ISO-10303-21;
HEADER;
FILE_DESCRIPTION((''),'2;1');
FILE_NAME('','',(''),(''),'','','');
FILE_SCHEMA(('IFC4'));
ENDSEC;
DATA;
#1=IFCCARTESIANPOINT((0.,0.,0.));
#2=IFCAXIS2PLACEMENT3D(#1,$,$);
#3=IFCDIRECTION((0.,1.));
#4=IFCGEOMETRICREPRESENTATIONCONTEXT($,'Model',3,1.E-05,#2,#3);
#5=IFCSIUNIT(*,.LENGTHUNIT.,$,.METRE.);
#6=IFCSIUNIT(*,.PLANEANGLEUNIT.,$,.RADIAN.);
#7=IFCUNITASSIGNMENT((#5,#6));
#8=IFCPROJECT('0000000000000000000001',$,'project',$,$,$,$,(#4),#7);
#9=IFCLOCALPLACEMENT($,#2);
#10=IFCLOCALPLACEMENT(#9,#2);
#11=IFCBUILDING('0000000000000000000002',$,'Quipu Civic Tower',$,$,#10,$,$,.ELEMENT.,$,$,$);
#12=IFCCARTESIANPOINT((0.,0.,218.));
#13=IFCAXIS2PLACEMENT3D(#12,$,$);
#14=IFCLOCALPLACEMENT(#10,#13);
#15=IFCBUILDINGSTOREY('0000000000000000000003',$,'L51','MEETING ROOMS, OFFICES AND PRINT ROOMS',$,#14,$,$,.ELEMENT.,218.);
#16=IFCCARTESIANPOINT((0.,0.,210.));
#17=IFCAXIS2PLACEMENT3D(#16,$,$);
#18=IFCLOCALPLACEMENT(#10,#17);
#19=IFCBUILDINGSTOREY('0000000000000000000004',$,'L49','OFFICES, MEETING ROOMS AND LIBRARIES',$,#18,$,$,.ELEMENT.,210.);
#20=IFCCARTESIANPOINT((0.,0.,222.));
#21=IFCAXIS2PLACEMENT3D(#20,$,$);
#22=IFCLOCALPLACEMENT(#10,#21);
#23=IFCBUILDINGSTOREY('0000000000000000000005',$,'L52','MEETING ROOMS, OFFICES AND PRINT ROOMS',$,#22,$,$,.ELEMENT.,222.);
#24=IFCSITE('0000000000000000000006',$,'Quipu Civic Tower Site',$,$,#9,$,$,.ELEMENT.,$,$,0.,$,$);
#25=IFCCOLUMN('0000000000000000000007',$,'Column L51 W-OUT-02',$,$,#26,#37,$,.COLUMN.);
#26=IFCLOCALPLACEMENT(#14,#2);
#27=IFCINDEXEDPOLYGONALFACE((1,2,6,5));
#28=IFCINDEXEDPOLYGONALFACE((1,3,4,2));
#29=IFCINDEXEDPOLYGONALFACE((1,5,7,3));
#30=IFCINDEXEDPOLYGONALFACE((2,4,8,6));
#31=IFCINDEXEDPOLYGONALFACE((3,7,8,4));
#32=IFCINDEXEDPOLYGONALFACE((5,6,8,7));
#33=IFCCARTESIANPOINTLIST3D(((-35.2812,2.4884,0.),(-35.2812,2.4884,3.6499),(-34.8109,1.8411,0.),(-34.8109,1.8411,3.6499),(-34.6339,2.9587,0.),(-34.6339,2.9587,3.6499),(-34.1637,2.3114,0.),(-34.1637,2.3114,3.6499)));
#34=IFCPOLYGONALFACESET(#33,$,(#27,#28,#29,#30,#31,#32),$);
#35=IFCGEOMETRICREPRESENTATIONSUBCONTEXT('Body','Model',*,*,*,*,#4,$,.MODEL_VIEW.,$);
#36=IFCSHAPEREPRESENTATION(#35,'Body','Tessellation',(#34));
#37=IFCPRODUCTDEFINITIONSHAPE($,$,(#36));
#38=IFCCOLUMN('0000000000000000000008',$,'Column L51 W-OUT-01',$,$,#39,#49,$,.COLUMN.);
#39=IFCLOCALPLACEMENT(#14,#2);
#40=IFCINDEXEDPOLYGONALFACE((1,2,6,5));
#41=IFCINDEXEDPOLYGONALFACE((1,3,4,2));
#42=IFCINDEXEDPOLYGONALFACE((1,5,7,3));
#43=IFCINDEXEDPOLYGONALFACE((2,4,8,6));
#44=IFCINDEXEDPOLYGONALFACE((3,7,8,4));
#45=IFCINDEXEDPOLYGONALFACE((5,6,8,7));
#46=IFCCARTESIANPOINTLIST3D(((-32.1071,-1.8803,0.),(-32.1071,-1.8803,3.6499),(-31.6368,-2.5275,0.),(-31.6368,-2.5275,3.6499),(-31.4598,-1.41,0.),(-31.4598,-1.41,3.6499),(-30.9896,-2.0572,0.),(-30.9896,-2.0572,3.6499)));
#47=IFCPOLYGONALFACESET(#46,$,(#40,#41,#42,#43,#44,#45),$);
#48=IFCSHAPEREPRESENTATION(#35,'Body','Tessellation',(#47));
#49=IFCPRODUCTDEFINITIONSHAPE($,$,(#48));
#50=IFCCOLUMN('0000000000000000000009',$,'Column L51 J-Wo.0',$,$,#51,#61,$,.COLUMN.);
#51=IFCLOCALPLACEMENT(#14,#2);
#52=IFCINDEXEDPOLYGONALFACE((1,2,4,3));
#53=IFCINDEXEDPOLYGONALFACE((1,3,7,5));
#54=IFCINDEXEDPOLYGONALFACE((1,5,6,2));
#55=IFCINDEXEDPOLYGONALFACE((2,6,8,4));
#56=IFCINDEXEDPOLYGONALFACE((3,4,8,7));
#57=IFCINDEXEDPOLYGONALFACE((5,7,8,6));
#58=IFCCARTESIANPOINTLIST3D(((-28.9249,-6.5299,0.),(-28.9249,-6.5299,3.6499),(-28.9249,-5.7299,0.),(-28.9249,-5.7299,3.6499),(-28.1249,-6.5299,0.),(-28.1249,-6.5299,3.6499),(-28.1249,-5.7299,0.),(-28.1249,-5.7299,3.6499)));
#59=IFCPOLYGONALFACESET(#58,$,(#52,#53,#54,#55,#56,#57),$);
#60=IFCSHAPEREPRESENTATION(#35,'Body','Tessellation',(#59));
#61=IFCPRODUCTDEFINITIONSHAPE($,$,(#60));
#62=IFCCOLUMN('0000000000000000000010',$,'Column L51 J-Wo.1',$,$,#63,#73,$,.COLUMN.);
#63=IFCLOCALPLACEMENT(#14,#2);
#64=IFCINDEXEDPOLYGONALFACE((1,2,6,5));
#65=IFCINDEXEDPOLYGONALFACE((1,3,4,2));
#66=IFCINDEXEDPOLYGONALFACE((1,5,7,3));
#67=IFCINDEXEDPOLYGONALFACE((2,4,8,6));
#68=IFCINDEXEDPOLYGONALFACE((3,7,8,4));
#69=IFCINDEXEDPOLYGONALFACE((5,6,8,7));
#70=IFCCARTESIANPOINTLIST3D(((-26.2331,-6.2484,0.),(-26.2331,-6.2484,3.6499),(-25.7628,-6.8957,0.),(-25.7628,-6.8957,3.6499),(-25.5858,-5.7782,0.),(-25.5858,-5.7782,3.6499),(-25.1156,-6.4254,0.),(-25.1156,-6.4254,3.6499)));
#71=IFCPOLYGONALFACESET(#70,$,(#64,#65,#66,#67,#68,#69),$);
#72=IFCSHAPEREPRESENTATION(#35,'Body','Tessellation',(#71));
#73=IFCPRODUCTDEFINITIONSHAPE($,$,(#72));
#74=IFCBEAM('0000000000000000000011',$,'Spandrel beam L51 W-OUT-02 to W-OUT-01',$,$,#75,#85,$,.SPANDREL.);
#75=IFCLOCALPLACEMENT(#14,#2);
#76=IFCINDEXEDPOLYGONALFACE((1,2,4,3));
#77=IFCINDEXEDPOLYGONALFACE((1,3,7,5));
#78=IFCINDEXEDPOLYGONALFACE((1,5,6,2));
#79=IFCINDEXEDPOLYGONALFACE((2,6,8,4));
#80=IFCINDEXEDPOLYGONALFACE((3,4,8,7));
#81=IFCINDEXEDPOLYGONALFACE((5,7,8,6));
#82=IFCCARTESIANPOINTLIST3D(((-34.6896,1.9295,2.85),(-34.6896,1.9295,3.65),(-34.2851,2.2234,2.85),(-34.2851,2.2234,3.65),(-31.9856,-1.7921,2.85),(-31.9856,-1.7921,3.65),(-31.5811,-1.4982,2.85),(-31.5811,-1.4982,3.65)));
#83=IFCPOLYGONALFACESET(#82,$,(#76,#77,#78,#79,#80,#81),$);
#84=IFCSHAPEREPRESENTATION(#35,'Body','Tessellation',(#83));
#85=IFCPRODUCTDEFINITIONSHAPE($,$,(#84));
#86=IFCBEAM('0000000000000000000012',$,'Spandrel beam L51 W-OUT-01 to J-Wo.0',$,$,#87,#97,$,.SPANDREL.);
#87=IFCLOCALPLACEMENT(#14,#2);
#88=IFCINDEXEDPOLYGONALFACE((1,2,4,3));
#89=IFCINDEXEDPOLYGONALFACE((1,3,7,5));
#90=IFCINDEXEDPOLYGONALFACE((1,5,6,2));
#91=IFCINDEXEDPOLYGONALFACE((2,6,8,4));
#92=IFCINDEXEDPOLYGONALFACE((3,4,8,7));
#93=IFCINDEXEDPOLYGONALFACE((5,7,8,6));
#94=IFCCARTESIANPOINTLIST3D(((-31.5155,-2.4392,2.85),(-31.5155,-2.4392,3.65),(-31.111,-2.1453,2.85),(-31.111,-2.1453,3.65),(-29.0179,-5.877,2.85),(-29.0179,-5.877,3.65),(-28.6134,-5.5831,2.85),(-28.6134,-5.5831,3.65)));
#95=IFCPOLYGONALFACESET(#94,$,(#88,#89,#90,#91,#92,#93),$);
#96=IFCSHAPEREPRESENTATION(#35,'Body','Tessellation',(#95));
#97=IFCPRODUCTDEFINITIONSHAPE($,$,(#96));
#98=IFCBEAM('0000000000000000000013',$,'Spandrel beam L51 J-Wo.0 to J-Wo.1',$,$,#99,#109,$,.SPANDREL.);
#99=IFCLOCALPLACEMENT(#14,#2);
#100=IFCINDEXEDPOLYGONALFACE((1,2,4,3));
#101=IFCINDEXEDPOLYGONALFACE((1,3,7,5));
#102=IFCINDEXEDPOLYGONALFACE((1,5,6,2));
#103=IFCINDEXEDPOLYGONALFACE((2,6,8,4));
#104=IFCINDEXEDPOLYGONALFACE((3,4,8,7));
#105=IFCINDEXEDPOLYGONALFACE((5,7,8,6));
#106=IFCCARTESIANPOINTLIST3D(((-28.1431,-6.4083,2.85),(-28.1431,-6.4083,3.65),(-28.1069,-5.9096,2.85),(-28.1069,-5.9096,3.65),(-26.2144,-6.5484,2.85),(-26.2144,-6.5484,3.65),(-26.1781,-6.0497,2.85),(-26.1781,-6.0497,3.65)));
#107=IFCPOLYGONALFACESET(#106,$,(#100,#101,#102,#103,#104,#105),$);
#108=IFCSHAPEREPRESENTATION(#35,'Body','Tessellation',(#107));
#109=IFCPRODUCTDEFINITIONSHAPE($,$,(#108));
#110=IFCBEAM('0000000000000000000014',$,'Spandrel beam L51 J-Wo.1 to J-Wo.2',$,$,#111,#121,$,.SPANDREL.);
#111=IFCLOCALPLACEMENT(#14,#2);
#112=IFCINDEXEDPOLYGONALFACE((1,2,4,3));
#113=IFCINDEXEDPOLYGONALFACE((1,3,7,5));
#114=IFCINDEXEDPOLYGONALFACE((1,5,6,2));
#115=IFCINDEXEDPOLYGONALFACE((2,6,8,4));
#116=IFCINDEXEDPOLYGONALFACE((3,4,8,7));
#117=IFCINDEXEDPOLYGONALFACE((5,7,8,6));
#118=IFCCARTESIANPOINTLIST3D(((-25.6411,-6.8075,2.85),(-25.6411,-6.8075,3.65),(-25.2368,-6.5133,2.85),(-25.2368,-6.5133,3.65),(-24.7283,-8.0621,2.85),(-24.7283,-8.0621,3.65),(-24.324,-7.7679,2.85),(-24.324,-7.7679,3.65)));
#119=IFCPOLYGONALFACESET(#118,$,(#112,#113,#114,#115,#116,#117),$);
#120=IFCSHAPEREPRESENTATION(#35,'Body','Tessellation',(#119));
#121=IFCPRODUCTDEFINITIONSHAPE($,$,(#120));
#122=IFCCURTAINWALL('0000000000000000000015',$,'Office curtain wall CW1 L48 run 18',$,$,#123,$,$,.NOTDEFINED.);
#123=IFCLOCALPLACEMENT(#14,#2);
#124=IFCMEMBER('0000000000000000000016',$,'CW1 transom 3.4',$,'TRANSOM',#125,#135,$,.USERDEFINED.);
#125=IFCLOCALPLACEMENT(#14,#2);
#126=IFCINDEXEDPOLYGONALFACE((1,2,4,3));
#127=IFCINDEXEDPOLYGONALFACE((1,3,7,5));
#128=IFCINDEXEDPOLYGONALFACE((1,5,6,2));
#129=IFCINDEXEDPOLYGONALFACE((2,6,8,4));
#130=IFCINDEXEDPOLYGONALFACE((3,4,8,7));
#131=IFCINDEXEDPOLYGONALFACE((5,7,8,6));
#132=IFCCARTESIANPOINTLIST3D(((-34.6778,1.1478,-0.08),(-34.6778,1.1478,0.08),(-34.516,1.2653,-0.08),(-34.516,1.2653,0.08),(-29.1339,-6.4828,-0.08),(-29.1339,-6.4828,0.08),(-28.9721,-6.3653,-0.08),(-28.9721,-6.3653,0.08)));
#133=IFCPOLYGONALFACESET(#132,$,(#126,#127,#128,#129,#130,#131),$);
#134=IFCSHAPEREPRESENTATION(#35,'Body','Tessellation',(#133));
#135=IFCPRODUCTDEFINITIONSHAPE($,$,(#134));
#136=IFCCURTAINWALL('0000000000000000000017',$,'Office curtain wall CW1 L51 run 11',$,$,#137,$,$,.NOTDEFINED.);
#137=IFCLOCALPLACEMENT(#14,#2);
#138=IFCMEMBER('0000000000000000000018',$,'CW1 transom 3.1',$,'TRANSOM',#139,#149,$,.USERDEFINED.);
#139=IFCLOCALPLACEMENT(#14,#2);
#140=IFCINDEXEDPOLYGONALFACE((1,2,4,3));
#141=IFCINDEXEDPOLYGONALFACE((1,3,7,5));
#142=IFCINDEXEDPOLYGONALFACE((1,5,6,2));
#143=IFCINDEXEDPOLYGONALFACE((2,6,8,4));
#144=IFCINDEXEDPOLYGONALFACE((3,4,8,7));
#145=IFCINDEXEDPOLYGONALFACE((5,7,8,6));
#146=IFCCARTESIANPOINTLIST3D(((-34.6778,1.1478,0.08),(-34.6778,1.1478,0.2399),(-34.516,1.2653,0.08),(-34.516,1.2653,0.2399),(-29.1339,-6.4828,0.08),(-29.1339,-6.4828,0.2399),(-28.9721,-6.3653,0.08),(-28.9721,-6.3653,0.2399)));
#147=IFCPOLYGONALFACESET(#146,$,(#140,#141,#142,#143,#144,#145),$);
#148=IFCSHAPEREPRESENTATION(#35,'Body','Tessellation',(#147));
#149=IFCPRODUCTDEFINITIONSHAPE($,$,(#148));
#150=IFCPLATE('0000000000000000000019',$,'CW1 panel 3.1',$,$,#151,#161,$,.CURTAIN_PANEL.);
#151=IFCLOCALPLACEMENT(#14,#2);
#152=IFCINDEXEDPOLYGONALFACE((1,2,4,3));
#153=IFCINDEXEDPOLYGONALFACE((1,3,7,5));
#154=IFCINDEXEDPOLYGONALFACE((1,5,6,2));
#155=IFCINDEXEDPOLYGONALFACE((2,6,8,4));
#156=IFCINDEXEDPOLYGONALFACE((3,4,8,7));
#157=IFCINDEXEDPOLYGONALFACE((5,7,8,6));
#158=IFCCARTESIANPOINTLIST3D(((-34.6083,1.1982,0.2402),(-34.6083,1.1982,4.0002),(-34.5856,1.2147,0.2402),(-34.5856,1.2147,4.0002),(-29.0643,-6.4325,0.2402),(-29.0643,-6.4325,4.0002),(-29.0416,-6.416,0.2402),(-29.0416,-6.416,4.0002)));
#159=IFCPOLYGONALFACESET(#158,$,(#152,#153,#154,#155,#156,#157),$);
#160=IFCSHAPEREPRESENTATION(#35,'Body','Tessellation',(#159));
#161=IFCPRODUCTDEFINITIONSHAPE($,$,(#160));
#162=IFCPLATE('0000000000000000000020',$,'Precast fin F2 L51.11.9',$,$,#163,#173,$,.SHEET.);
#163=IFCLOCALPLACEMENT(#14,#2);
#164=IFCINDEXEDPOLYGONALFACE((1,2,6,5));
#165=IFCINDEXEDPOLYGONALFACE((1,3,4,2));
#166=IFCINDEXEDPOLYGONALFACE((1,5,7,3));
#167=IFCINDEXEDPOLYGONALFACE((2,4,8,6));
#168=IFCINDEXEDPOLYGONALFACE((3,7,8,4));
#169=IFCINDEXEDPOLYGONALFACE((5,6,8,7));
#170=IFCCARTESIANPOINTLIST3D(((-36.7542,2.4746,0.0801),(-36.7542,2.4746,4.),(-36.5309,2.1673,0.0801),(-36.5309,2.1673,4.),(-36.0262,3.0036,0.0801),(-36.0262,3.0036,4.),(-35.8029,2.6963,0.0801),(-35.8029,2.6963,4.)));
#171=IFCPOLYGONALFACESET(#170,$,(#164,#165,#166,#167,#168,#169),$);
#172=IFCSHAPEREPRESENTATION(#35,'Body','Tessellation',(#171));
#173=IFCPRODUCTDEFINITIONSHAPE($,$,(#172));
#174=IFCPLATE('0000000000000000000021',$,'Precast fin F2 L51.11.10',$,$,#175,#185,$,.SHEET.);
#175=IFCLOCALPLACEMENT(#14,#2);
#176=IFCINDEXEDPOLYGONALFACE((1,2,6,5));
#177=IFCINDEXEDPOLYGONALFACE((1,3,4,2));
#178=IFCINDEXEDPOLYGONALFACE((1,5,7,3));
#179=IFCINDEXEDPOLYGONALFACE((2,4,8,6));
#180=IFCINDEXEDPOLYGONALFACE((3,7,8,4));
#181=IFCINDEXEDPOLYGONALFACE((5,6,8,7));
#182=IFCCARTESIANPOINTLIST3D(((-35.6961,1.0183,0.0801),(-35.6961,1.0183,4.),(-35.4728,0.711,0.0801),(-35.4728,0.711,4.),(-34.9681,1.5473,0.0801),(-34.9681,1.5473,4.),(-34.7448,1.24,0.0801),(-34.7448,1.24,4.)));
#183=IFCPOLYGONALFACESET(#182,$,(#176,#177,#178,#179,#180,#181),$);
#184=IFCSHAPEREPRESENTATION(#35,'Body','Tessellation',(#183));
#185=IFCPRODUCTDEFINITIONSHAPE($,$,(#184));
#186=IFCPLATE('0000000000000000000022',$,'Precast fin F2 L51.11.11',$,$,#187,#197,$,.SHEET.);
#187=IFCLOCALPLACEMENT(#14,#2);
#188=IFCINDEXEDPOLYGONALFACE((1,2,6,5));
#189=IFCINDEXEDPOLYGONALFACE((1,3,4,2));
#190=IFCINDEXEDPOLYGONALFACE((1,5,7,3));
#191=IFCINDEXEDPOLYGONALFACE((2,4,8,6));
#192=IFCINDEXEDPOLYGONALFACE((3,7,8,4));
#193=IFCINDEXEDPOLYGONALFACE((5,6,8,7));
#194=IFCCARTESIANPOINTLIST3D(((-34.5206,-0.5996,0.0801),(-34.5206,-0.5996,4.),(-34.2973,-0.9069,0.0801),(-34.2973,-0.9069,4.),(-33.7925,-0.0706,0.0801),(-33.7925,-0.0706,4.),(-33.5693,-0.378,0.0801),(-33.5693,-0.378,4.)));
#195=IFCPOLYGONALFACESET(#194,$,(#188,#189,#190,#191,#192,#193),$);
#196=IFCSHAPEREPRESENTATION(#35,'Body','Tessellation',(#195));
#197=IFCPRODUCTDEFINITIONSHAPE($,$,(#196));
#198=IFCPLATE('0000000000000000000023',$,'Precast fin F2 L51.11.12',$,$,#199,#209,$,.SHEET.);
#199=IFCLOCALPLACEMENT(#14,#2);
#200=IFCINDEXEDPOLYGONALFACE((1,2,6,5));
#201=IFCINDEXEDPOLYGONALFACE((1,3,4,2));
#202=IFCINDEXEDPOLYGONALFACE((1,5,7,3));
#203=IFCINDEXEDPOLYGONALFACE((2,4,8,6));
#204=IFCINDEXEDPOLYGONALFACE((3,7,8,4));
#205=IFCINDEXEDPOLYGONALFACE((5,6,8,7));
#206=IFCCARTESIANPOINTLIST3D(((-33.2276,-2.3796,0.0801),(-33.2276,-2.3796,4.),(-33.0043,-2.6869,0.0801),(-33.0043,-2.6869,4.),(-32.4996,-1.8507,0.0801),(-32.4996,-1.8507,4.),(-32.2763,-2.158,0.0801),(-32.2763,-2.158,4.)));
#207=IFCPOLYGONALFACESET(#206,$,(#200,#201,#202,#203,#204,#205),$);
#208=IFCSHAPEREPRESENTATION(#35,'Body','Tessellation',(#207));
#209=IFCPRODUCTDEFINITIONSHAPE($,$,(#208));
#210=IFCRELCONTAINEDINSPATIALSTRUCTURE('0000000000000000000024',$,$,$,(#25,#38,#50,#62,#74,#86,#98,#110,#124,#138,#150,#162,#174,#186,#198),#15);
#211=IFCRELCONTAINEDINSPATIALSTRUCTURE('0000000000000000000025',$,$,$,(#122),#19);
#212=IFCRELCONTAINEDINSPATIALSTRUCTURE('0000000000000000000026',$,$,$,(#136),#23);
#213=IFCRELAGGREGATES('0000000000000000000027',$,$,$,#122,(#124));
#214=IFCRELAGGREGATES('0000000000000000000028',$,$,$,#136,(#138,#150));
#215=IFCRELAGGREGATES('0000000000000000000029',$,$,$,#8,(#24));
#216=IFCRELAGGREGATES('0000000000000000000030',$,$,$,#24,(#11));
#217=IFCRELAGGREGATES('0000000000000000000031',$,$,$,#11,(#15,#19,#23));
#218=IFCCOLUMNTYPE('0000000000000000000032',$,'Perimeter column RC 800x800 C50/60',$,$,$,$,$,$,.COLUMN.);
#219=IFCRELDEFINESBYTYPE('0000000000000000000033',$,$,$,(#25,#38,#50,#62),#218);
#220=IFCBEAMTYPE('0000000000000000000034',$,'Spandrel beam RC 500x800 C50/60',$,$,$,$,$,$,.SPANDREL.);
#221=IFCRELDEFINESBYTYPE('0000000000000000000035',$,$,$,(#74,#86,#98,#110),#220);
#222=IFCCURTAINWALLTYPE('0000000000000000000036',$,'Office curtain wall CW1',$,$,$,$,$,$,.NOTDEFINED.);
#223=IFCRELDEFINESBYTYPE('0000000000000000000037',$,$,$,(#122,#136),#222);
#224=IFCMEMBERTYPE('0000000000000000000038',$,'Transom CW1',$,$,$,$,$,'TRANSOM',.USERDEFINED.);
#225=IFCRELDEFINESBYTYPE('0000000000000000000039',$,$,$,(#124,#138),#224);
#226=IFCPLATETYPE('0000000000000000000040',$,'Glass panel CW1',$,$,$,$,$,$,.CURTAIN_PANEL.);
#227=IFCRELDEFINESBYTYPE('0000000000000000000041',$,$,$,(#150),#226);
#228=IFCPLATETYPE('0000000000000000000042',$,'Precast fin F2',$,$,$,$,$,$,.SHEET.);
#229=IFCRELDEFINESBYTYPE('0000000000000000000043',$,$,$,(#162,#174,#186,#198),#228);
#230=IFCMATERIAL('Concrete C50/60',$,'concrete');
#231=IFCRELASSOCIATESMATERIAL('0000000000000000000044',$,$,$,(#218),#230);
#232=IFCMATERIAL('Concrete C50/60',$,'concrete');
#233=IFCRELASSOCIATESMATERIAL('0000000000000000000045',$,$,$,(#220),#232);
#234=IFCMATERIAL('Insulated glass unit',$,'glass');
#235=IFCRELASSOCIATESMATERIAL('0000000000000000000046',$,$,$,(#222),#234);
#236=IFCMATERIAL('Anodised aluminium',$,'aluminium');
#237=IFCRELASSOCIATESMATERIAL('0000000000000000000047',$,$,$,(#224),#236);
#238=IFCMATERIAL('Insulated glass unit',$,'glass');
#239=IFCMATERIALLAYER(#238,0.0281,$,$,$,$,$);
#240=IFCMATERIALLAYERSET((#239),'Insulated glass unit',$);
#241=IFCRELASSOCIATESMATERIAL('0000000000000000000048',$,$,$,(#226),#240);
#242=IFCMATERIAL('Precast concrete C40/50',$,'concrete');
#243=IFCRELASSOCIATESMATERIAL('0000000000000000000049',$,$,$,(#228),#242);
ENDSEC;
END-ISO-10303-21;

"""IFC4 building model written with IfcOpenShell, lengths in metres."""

from ifc_helpers import new_model, si_unit, direction, frame, origin, origin_2d, place, context, subcontext, project, spatial, rectangle, extrude, material, layer, layer_set, material_profile, profile_set, type_object, element, aggregate, save


model = new_model("IFC4")

# Units and contexts
model_context = context("Model", 3, precision=1e-05, world=origin(), true_north=direction((0.0, 1.0)))
body_context = subcontext(model_context, "Body", "Model", "MODEL_VIEW")
ifc_project = project(units=[si_unit("LENGTHUNIT", "METRE"), si_unit("PLANEANGLEUNIT", "RADIAN")], contexts=[model_context])

# Site, building, storey
site_placement = place(None, origin())
site = spatial("IfcSite", under=ifc_project, at=site_placement, Name="Quipu Civic Tower Site", CompositionType="ELEMENT", RefElevation=0.0)
building_placement = place(site_placement, origin())
building = spatial("IfcBuilding", under=site, at=building_placement, Name="Quipu Civic Tower", CompositionType="ELEMENT")
storey_1_placement = place(building_placement, frame((0.0, 0.0, 218.0)))
storey_1 = spatial("IfcBuildingStorey", under=building, at=storey_1_placement, Name="L51", Description="MEETING ROOMS, OFFICES AND PRINT ROOMS", CompositionType="ELEMENT", Elevation=218.0)

# Columns
ifc_material_1 = material(Name="Concrete C50/60", Category="concrete")
ifc_material_profile_1 = material_profile(ifc_material_1, rectangle(XDim=0.8, YDim=0.8, at=origin_2d()), Name="RC800x800")
ifc_profile_set_1 = profile_set([ifc_material_profile_1], Name="Concrete C50/60")
column_type = type_object("IfcColumnType", Name="Perimeter column RC 800x800 C50/60", PredefinedType="COLUMN", material=ifc_profile_set_1)
for number, where, z_axis, x_axis, name in (
    (1, (-34.7224, 2.3999, 0.0), (0.0, 0.0, 1.0), (0.587785, -0.809017, 0.0), "Column L51 W-OUT-02"),
    (2, (-31.5483, -1.9688, 0.0), (0.0, 0.0, 1.0), (0.587785, -0.809017, 0.0), "Column L51 W-OUT-01"),
    (3, (-28.5249, -6.1299, 0.0), (0.0, 0.0, 1.0), (1.0, 0.0, 0.0), "Column L51 J-Wo.0"),
    (4, (-25.6743, -6.3369, 0.0), (0.0, 0.0, 1.0), (0.587785, -0.809017, 0.0), "Column L51 J-Wo.1"),
):
    element("IfcColumn", number, at=place(storey_1_placement, frame(where, z_axis=z_axis, x_axis=x_axis)), inside=storey_1, type_object=column_type, Name=name, PredefinedType="COLUMN", context=body_context, shape_type="SweptSolid", body=[
        extrude(rectangle(XDim=0.8, YDim=0.8, at=origin_2d()), origin(), (0.0, 0.0, 1.0), 3.6499),
    ])

# Beams
ifc_material_2 = material(Name="Concrete C50/60", Category="concrete")
ifc_material_profile_2 = material_profile(ifc_material_2, rectangle(XDim=0.5, YDim=0.8, at=origin_2d()), Name="RC500x800")
ifc_profile_set_2 = profile_set([ifc_material_profile_2], Name="Concrete C50/60")
beam_type = type_object("IfcBeamType", Name="Spandrel beam RC 500x800 C50/60", PredefinedType="SPANDREL", material=ifc_profile_set_2)
beam_1_placement = place(storey_1_placement, frame((-34.4873, 2.0764, 3.25), z_axis=(0.587796, -0.809009, 0.0), x_axis=(0.809009, 0.587796, 0.0)))
element("IfcBeam", 5, at=beam_1_placement, inside=storey_1, type_object=beam_type, Name="Spandrel beam L51 W-OUT-02 to W-OUT-01", PredefinedType="SPANDREL", context=body_context, shape_type="SweptSolid", body=[
    extrude(rectangle(XDim=0.5, YDim=0.8, at=origin_2d()), origin(), (0.0, 0.0, 1.0), 4.6001),
])
beam_2_placement = place(storey_1_placement, frame((-31.3132, -2.2922, 3.25), z_axis=(0.587769, -0.809029, 0.0), x_axis=(0.809029, 0.587769, 0.0)))
element("IfcBeam", 6, at=beam_2_placement, inside=storey_1, type_object=beam_type, Name="Spandrel beam L51 W-OUT-01 to J-Wo.0", PredefinedType="SPANDREL", context=body_context, shape_type="SweptSolid", body=[
    extrude(rectangle(XDim=0.5, YDim=0.8, at=origin_2d()), origin(), (0.0, 0.0, 1.0), 4.2493),
])
beam_3_placement = place(storey_1_placement, frame((-28.125, -6.1589, 3.25), z_axis=(0.997371, -0.072467, 0.0), x_axis=(0.072467, 0.997371, 0.0)))
element("IfcBeam", 7, at=beam_3_placement, inside=storey_1, type_object=beam_type, Name="Spandrel beam L51 J-Wo.0 to J-Wo.1", PredefinedType="SPANDREL", context=body_context, shape_type="SweptSolid", body=[
    extrude(rectangle(XDim=0.5, YDim=0.8, at=origin_2d()), origin(), (0.0, 0.0, 1.0), 1.9338),
])
beam_4_placement = place(storey_1_placement, frame((-25.439, -6.6604, 3.25), z_axis=(0.588331, -0.80862, 0.0), x_axis=(0.80862, 0.588331, 0.0)))
element("IfcBeam", 8, at=beam_4_placement, inside=storey_1, type_object=beam_type, Name="Spandrel beam L51 J-Wo.1 to J-Wo.2", PredefinedType="SPANDREL", context=body_context, shape_type="SweptSolid", body=[
    extrude(rectangle(XDim=0.5, YDim=0.8, at=origin_2d()), origin(), (0.0, 0.0, 1.0), 1.5515),
])

# Shared definitions
storey_2_placement = place(building_placement, frame((0.0, 0.0, 210.0)))
storey_2 = spatial("IfcBuildingStorey", under=building, at=storey_2_placement, Name="L49", Description="OFFICES, MEETING ROOMS AND LIBRARIES", CompositionType="ELEMENT", Elevation=210.0)

# Curtain wall, member
ifc_material_3 = material(Name="Insulated glass unit", Category="glass")
curtain_wall_type = type_object("IfcCurtainWallType", Name="Office curtain wall CW1", PredefinedType="NOTDEFINED", material=ifc_material_3)
curtain_wall_1_placement = place(storey_2_placement, origin())
curtain_wall_1 = element("IfcCurtainWall", 9, at=curtain_wall_1_placement, inside=storey_2, type_object=curtain_wall_type, Name="Office curtain wall CW1 L48 run 18", PredefinedType="NOTDEFINED")
ifc_material_4 = material(Name="Anodised aluminium", Category="aluminium")
ifc_material_profile_3 = material_profile(ifc_material_4, rectangle(XDim=0.2, YDim=0.1599, at=origin_2d()), Name="RECT 200x160")
ifc_profile_set_3 = profile_set([ifc_material_profile_3], Name="Anodised aluminium")
member_type = type_object("IfcMemberType", Name="Transom CW1", ElementType="TRANSOM", PredefinedType="USERDEFINED", material=ifc_profile_set_3)
member_1_placement = place(storey_1_placement, frame((-34.5969, 1.2065, 0.0), z_axis=(0.587784, -0.809018, 0.0), x_axis=(0.809018, 0.587784, 0.0)))
member_1 = element("IfcMember", 10, at=member_1_placement, inside=storey_1, type_object=member_type, Name="CW1 transom 3.4", ObjectType="TRANSOM", PredefinedType="USERDEFINED", context=body_context, shape_type="SweptSolid", body=[
    extrude(rectangle(XDim=0.2, YDim=0.1599, at=origin_2d()), origin(), (0.0, 0.0, 1.0), 9.4319),
])
aggregate(curtain_wall_1, [member_1])

# Shared definitions
storey_3_placement = place(building_placement, frame((0.0, 0.0, 222.0)))
storey_3 = spatial("IfcBuildingStorey", under=building, at=storey_3_placement, Name="L52", Description="MEETING ROOMS, OFFICES AND PRINT ROOMS", CompositionType="ELEMENT", Elevation=222.0)

# Curtain wall, member, plate
curtain_wall_2_placement = place(storey_3_placement, origin())
curtain_wall_2 = element("IfcCurtainWall", 11, at=curtain_wall_2_placement, inside=storey_3, type_object=curtain_wall_type, Name="Office curtain wall CW1 L51 run 11", PredefinedType="NOTDEFINED")
member_2_placement = place(storey_1_placement, frame((-34.5969, 1.2065, 0.1599), z_axis=(0.587784, -0.809018, 0.0), x_axis=(0.809018, 0.587784, 0.0)))
member_2 = element("IfcMember", 12, at=member_2_placement, inside=storey_1, type_object=member_type, Name="CW1 transom 3.1", ObjectType="TRANSOM", PredefinedType="USERDEFINED", context=body_context, shape_type="SweptSolid", body=[
    extrude(rectangle(XDim=0.2, YDim=0.1599, at=origin_2d()), origin(), (0.0, 0.0, 1.0), 9.4319),
])
ifc_material_5 = material(Name="Insulated glass unit", Category="glass")
ifc_layer_1 = layer(ifc_material_5, 0.0281)
ifc_layer_set_1 = layer_set([ifc_layer_1], Name="Insulated glass unit")
plate_type_1 = type_object("IfcPlateType", Name="Glass panel CW1", PredefinedType="CURTAIN_PANEL", material=ifc_layer_set_1)
plate_placement = place(storey_1_placement, frame((-31.825, -2.6089, 0.2402), z_axis=(0.0, 0.0, 1.0), x_axis=(0.587786, -0.809017, 0.0)))
plate = element("IfcPlate", 13, at=plate_placement, inside=storey_1, type_object=plate_type_1, Name="CW1 panel 3.1", PredefinedType="CURTAIN_PANEL", context=body_context, shape_type="SweptSolid", body=[
    extrude(rectangle(XDim=9.4321, YDim=0.0281, at=origin_2d()), origin(), (0.0, 0.0, 1.0), 3.76),
])
aggregate(curtain_wall_2, [member_2, plate])

# Plates
ifc_material_6 = material(Name="Precast concrete C40/50", Category="concrete")
plate_type_2 = type_object("IfcPlateType", Name="Precast fin F2", PredefinedType="SHEET", material=ifc_material_6)
for number, where, z_axis, x_axis, name in (
    (14, (-36.2786, 2.5854, 0.0801), (0.0, 0.0, 1.0), (0.587786, -0.809017, 0.0), "Precast fin F2 L51.11.9"),
    (15, (-35.2205, 1.1292, 0.0801), (0.0, 0.0, 1.0), (0.587786, -0.809017, 0.0), "Precast fin F2 L51.11.10"),
    (16, (-34.0449, -0.4888, 0.0801), (0.0, 0.0, 1.0), (0.587786, -0.809017, 0.0), "Precast fin F2 L51.11.11"),
    (17, (-32.752, -2.2688, 0.0801), (0.0, 0.0, 1.0), (0.587786, -0.809017, 0.0), "Precast fin F2 L51.11.12"),
):
    element("IfcPlate", number, at=place(storey_1_placement, frame(where, z_axis=z_axis, x_axis=x_axis)), inside=storey_1, type_object=plate_type_2, Name=name, PredefinedType="SHEET", context=body_context, shape_type="SweptSolid", body=[
        extrude(rectangle(XDim=0.3799, YDim=0.8999, at=origin_2d()), origin(), (0.0, 0.0, 1.0), 3.9199),
    ])

save(model, "model.ifc")
